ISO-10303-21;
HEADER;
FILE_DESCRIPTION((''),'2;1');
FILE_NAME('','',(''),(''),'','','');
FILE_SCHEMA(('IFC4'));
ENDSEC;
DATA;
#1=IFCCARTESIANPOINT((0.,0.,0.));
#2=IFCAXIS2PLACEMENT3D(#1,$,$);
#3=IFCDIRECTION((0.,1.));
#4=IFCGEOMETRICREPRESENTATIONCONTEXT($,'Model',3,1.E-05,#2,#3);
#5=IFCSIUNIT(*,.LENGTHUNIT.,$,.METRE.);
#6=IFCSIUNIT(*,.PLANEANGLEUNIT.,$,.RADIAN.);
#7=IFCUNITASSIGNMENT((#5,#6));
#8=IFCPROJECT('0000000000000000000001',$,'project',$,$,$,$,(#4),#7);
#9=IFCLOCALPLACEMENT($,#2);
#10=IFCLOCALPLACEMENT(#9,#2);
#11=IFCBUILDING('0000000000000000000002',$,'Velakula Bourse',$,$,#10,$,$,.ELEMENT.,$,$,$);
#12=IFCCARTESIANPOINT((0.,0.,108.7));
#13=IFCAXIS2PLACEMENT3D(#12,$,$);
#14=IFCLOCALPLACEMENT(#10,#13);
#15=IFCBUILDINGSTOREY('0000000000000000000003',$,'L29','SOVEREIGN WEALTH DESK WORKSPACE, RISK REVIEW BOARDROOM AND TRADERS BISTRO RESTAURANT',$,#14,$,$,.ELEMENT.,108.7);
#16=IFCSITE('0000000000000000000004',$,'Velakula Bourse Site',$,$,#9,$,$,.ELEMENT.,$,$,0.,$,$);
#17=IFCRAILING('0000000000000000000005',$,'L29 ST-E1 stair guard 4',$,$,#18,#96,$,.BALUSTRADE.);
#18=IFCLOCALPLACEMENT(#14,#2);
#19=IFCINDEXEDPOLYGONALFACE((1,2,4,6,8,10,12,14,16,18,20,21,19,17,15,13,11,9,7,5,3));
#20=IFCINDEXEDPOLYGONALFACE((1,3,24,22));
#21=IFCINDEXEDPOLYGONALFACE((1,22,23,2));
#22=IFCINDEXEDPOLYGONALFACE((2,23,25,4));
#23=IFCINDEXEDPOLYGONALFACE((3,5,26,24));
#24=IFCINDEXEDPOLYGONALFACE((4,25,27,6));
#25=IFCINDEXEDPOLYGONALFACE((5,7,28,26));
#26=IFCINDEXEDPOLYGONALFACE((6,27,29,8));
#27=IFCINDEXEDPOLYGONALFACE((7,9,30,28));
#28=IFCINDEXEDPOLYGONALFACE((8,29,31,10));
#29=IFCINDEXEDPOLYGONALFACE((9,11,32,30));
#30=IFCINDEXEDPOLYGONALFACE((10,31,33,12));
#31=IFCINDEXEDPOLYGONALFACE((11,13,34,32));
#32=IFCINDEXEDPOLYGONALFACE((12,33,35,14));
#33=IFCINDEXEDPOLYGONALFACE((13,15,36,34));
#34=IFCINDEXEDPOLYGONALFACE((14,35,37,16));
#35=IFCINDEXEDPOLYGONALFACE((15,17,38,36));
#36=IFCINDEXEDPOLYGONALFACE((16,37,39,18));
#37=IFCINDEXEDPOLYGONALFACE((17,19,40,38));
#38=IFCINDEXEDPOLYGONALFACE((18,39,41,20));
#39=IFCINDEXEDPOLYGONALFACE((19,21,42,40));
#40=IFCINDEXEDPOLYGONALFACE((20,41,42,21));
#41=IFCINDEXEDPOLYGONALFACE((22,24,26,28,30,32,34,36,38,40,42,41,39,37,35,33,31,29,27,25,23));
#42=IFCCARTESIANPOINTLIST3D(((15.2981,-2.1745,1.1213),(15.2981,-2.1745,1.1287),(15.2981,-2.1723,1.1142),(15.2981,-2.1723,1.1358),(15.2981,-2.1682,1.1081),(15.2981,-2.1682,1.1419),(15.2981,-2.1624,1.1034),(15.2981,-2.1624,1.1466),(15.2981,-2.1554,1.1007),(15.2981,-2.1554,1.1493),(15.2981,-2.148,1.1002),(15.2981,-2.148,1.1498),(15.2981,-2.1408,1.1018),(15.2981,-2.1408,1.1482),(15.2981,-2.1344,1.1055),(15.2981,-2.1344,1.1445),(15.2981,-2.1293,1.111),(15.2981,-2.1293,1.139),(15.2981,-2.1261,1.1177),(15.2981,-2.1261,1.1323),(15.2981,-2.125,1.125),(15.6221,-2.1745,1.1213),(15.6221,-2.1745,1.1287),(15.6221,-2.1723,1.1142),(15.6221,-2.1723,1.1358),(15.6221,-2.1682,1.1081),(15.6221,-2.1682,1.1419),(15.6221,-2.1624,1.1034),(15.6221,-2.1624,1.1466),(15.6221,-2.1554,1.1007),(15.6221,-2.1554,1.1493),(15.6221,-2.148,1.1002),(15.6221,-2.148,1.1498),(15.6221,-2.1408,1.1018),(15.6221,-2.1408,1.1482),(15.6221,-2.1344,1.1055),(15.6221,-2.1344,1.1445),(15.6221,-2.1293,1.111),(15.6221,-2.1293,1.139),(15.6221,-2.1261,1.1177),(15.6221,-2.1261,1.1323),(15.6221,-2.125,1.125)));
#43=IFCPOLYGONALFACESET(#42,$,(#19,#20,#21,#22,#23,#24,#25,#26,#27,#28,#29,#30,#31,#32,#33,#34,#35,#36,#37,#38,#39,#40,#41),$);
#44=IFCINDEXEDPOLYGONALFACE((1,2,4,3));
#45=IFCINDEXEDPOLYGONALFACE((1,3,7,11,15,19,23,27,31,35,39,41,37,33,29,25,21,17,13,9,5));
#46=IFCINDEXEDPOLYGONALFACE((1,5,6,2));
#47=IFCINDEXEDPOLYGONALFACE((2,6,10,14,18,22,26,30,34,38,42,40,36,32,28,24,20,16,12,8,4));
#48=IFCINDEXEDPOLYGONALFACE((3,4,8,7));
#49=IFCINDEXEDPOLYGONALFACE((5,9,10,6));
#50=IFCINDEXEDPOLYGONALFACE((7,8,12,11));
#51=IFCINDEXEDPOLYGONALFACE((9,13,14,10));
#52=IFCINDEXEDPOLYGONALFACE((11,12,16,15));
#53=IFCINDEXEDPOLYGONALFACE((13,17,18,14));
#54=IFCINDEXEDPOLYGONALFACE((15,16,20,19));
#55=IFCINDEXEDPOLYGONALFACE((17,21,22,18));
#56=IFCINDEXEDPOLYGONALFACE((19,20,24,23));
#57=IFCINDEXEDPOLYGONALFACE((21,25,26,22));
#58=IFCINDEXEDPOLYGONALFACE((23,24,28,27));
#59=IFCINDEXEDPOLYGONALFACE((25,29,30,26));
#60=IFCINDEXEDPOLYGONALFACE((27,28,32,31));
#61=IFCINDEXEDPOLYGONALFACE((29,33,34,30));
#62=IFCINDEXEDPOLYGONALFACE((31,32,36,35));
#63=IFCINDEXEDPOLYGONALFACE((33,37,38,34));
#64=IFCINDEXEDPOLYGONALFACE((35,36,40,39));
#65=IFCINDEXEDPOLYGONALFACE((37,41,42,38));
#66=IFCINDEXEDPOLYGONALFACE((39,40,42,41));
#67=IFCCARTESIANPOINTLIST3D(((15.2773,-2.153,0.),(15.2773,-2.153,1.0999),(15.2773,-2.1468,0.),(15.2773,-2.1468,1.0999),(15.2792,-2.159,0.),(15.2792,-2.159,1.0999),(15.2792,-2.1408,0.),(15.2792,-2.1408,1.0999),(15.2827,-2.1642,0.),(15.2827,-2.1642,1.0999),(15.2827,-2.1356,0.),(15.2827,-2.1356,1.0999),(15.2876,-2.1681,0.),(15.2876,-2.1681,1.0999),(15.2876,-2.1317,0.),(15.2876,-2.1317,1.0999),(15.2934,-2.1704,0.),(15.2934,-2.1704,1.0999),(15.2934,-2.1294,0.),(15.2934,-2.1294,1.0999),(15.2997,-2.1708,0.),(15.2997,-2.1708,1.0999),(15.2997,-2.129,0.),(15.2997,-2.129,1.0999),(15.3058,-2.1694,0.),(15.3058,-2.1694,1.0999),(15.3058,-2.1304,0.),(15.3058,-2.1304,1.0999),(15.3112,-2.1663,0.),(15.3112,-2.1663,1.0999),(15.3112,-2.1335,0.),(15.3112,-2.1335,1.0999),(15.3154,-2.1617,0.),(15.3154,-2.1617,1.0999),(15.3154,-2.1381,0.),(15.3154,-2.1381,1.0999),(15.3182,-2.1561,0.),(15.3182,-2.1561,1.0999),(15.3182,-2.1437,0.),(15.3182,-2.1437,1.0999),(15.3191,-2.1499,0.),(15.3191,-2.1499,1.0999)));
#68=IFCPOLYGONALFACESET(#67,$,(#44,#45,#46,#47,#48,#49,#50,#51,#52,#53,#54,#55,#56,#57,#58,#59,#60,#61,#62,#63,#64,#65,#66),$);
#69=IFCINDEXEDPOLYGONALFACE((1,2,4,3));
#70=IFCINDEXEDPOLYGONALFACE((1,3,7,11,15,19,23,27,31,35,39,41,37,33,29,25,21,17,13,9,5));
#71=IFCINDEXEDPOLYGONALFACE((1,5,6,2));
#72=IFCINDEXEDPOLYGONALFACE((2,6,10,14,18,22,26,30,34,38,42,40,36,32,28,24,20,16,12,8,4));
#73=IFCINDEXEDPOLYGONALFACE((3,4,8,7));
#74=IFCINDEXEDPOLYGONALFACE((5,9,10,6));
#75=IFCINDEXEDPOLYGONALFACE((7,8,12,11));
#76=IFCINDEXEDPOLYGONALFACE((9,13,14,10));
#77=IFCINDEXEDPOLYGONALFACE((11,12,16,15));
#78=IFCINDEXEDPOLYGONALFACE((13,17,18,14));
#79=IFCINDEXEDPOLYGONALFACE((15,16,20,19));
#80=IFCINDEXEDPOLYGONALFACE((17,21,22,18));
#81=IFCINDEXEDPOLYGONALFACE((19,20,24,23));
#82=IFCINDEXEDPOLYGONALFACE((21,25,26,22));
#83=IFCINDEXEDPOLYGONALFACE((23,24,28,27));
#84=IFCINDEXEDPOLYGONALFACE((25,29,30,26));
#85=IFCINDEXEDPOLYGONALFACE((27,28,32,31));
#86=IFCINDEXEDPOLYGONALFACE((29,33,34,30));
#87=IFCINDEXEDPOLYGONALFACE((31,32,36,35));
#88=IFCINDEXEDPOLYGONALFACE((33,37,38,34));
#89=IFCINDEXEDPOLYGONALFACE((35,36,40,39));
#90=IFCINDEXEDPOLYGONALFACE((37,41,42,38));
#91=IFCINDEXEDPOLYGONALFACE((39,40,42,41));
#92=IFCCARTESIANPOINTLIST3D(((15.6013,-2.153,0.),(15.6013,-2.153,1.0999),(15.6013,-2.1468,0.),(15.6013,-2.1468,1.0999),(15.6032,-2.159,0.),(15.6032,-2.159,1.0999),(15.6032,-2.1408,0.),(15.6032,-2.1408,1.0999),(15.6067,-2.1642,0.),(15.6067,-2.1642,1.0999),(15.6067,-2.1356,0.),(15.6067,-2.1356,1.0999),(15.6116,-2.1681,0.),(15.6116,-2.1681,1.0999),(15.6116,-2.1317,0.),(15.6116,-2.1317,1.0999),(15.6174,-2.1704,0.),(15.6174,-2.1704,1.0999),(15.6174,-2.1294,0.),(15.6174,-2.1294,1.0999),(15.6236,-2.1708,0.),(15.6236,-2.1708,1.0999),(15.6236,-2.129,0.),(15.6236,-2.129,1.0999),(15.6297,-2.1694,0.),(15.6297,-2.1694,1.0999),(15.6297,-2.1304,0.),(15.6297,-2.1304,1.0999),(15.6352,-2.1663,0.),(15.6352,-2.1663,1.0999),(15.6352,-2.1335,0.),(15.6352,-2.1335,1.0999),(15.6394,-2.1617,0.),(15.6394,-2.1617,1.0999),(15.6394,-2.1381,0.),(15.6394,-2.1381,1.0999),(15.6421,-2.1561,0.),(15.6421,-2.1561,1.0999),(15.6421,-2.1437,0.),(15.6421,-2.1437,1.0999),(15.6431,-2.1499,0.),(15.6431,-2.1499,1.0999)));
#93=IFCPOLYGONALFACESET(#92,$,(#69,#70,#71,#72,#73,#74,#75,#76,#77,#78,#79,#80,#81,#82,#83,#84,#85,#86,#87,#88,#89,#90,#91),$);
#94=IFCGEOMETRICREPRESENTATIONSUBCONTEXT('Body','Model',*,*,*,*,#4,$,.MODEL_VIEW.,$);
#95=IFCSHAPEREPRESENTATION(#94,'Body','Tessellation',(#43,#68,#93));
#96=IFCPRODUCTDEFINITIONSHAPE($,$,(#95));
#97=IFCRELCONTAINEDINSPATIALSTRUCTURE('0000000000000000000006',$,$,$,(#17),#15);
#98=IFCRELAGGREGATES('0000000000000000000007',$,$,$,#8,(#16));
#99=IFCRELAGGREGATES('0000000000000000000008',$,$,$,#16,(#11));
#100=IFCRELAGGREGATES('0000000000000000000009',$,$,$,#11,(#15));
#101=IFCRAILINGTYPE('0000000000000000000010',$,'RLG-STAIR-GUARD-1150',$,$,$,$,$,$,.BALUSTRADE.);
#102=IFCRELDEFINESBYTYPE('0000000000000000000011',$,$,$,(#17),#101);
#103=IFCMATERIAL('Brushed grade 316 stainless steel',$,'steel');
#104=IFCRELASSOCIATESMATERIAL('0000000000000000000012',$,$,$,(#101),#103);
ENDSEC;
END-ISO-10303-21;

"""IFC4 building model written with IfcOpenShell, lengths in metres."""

from ifc_helpers import new_model, si_unit, direction, frame, origin, origin_2d, place, context, subcontext, project, spatial, circle, extrude, material, type_object, element, save


model = new_model("IFC4")

# Units and contexts
model_context = context("Model", 3, precision=1e-05, world=origin(), true_north=direction((0.0, 1.0)))
body_context = subcontext(model_context, "Body", "Model", "MODEL_VIEW")
ifc_project = project(units=[si_unit("LENGTHUNIT", "METRE"), si_unit("PLANEANGLEUNIT", "RADIAN")], contexts=[model_context])

# Site, building, storey
site_placement = place(None, origin())
site = spatial("IfcSite", under=ifc_project, at=site_placement, Name="Velakula Bourse Site", CompositionType="ELEMENT", RefElevation=0.0)
building_placement = place(site_placement, origin())
building = spatial("IfcBuilding", under=site, at=building_placement, Name="Velakula Bourse", CompositionType="ELEMENT")
storey_placement = place(building_placement, frame((0.0, 0.0, 108.7)))
storey = spatial("IfcBuildingStorey", under=building, at=storey_placement, Name="L29", Description="SOVEREIGN WEALTH DESK WORKSPACE, RISK REVIEW BOARDROOM AND TRADERS BISTRO RESTAURANT", CompositionType="ELEMENT", Elevation=108.7)

# Shared definitions
ifc_material_1 = material(Name="Brushed grade 316 stainless steel", Category="steel")

# Railing
railing_type_1 = type_object("IfcRailingType", Name="RLG-STAIR-GUARD-1150", PredefinedType="BALUSTRADE", material=ifc_material_1)
railing_1_placement = place(storey_placement, frame((15.2981, -2.1499, 0.0)))
element("IfcRailing", 1, at=railing_1_placement, inside=storey, type_object=railing_type_1, Name="L29 ST-E1 stair guard 4", PredefinedType="BALUSTRADE", context=body_context, shape_type="SweptSolid", body=[
    extrude(circle(Radius=0.0249, at=origin_2d()), frame((0.0, 0.0, 1.125), z_axis=(1.0, 0.0, 0.0), x_axis=(0.0, 1.0, 0.0)), (0.0, 0.0, 1.0), 0.324),
    extrude(circle(Radius=0.021, at=origin_2d()), origin(), (0.0, 0.0, 1.0), 1.0999),
    extrude(circle(Radius=0.021, at=origin_2d()), frame((0.324, 0.0, 0.0)), (0.0, 0.0, 1.0), 1.0999),
])

save(model, "model.ifc")
